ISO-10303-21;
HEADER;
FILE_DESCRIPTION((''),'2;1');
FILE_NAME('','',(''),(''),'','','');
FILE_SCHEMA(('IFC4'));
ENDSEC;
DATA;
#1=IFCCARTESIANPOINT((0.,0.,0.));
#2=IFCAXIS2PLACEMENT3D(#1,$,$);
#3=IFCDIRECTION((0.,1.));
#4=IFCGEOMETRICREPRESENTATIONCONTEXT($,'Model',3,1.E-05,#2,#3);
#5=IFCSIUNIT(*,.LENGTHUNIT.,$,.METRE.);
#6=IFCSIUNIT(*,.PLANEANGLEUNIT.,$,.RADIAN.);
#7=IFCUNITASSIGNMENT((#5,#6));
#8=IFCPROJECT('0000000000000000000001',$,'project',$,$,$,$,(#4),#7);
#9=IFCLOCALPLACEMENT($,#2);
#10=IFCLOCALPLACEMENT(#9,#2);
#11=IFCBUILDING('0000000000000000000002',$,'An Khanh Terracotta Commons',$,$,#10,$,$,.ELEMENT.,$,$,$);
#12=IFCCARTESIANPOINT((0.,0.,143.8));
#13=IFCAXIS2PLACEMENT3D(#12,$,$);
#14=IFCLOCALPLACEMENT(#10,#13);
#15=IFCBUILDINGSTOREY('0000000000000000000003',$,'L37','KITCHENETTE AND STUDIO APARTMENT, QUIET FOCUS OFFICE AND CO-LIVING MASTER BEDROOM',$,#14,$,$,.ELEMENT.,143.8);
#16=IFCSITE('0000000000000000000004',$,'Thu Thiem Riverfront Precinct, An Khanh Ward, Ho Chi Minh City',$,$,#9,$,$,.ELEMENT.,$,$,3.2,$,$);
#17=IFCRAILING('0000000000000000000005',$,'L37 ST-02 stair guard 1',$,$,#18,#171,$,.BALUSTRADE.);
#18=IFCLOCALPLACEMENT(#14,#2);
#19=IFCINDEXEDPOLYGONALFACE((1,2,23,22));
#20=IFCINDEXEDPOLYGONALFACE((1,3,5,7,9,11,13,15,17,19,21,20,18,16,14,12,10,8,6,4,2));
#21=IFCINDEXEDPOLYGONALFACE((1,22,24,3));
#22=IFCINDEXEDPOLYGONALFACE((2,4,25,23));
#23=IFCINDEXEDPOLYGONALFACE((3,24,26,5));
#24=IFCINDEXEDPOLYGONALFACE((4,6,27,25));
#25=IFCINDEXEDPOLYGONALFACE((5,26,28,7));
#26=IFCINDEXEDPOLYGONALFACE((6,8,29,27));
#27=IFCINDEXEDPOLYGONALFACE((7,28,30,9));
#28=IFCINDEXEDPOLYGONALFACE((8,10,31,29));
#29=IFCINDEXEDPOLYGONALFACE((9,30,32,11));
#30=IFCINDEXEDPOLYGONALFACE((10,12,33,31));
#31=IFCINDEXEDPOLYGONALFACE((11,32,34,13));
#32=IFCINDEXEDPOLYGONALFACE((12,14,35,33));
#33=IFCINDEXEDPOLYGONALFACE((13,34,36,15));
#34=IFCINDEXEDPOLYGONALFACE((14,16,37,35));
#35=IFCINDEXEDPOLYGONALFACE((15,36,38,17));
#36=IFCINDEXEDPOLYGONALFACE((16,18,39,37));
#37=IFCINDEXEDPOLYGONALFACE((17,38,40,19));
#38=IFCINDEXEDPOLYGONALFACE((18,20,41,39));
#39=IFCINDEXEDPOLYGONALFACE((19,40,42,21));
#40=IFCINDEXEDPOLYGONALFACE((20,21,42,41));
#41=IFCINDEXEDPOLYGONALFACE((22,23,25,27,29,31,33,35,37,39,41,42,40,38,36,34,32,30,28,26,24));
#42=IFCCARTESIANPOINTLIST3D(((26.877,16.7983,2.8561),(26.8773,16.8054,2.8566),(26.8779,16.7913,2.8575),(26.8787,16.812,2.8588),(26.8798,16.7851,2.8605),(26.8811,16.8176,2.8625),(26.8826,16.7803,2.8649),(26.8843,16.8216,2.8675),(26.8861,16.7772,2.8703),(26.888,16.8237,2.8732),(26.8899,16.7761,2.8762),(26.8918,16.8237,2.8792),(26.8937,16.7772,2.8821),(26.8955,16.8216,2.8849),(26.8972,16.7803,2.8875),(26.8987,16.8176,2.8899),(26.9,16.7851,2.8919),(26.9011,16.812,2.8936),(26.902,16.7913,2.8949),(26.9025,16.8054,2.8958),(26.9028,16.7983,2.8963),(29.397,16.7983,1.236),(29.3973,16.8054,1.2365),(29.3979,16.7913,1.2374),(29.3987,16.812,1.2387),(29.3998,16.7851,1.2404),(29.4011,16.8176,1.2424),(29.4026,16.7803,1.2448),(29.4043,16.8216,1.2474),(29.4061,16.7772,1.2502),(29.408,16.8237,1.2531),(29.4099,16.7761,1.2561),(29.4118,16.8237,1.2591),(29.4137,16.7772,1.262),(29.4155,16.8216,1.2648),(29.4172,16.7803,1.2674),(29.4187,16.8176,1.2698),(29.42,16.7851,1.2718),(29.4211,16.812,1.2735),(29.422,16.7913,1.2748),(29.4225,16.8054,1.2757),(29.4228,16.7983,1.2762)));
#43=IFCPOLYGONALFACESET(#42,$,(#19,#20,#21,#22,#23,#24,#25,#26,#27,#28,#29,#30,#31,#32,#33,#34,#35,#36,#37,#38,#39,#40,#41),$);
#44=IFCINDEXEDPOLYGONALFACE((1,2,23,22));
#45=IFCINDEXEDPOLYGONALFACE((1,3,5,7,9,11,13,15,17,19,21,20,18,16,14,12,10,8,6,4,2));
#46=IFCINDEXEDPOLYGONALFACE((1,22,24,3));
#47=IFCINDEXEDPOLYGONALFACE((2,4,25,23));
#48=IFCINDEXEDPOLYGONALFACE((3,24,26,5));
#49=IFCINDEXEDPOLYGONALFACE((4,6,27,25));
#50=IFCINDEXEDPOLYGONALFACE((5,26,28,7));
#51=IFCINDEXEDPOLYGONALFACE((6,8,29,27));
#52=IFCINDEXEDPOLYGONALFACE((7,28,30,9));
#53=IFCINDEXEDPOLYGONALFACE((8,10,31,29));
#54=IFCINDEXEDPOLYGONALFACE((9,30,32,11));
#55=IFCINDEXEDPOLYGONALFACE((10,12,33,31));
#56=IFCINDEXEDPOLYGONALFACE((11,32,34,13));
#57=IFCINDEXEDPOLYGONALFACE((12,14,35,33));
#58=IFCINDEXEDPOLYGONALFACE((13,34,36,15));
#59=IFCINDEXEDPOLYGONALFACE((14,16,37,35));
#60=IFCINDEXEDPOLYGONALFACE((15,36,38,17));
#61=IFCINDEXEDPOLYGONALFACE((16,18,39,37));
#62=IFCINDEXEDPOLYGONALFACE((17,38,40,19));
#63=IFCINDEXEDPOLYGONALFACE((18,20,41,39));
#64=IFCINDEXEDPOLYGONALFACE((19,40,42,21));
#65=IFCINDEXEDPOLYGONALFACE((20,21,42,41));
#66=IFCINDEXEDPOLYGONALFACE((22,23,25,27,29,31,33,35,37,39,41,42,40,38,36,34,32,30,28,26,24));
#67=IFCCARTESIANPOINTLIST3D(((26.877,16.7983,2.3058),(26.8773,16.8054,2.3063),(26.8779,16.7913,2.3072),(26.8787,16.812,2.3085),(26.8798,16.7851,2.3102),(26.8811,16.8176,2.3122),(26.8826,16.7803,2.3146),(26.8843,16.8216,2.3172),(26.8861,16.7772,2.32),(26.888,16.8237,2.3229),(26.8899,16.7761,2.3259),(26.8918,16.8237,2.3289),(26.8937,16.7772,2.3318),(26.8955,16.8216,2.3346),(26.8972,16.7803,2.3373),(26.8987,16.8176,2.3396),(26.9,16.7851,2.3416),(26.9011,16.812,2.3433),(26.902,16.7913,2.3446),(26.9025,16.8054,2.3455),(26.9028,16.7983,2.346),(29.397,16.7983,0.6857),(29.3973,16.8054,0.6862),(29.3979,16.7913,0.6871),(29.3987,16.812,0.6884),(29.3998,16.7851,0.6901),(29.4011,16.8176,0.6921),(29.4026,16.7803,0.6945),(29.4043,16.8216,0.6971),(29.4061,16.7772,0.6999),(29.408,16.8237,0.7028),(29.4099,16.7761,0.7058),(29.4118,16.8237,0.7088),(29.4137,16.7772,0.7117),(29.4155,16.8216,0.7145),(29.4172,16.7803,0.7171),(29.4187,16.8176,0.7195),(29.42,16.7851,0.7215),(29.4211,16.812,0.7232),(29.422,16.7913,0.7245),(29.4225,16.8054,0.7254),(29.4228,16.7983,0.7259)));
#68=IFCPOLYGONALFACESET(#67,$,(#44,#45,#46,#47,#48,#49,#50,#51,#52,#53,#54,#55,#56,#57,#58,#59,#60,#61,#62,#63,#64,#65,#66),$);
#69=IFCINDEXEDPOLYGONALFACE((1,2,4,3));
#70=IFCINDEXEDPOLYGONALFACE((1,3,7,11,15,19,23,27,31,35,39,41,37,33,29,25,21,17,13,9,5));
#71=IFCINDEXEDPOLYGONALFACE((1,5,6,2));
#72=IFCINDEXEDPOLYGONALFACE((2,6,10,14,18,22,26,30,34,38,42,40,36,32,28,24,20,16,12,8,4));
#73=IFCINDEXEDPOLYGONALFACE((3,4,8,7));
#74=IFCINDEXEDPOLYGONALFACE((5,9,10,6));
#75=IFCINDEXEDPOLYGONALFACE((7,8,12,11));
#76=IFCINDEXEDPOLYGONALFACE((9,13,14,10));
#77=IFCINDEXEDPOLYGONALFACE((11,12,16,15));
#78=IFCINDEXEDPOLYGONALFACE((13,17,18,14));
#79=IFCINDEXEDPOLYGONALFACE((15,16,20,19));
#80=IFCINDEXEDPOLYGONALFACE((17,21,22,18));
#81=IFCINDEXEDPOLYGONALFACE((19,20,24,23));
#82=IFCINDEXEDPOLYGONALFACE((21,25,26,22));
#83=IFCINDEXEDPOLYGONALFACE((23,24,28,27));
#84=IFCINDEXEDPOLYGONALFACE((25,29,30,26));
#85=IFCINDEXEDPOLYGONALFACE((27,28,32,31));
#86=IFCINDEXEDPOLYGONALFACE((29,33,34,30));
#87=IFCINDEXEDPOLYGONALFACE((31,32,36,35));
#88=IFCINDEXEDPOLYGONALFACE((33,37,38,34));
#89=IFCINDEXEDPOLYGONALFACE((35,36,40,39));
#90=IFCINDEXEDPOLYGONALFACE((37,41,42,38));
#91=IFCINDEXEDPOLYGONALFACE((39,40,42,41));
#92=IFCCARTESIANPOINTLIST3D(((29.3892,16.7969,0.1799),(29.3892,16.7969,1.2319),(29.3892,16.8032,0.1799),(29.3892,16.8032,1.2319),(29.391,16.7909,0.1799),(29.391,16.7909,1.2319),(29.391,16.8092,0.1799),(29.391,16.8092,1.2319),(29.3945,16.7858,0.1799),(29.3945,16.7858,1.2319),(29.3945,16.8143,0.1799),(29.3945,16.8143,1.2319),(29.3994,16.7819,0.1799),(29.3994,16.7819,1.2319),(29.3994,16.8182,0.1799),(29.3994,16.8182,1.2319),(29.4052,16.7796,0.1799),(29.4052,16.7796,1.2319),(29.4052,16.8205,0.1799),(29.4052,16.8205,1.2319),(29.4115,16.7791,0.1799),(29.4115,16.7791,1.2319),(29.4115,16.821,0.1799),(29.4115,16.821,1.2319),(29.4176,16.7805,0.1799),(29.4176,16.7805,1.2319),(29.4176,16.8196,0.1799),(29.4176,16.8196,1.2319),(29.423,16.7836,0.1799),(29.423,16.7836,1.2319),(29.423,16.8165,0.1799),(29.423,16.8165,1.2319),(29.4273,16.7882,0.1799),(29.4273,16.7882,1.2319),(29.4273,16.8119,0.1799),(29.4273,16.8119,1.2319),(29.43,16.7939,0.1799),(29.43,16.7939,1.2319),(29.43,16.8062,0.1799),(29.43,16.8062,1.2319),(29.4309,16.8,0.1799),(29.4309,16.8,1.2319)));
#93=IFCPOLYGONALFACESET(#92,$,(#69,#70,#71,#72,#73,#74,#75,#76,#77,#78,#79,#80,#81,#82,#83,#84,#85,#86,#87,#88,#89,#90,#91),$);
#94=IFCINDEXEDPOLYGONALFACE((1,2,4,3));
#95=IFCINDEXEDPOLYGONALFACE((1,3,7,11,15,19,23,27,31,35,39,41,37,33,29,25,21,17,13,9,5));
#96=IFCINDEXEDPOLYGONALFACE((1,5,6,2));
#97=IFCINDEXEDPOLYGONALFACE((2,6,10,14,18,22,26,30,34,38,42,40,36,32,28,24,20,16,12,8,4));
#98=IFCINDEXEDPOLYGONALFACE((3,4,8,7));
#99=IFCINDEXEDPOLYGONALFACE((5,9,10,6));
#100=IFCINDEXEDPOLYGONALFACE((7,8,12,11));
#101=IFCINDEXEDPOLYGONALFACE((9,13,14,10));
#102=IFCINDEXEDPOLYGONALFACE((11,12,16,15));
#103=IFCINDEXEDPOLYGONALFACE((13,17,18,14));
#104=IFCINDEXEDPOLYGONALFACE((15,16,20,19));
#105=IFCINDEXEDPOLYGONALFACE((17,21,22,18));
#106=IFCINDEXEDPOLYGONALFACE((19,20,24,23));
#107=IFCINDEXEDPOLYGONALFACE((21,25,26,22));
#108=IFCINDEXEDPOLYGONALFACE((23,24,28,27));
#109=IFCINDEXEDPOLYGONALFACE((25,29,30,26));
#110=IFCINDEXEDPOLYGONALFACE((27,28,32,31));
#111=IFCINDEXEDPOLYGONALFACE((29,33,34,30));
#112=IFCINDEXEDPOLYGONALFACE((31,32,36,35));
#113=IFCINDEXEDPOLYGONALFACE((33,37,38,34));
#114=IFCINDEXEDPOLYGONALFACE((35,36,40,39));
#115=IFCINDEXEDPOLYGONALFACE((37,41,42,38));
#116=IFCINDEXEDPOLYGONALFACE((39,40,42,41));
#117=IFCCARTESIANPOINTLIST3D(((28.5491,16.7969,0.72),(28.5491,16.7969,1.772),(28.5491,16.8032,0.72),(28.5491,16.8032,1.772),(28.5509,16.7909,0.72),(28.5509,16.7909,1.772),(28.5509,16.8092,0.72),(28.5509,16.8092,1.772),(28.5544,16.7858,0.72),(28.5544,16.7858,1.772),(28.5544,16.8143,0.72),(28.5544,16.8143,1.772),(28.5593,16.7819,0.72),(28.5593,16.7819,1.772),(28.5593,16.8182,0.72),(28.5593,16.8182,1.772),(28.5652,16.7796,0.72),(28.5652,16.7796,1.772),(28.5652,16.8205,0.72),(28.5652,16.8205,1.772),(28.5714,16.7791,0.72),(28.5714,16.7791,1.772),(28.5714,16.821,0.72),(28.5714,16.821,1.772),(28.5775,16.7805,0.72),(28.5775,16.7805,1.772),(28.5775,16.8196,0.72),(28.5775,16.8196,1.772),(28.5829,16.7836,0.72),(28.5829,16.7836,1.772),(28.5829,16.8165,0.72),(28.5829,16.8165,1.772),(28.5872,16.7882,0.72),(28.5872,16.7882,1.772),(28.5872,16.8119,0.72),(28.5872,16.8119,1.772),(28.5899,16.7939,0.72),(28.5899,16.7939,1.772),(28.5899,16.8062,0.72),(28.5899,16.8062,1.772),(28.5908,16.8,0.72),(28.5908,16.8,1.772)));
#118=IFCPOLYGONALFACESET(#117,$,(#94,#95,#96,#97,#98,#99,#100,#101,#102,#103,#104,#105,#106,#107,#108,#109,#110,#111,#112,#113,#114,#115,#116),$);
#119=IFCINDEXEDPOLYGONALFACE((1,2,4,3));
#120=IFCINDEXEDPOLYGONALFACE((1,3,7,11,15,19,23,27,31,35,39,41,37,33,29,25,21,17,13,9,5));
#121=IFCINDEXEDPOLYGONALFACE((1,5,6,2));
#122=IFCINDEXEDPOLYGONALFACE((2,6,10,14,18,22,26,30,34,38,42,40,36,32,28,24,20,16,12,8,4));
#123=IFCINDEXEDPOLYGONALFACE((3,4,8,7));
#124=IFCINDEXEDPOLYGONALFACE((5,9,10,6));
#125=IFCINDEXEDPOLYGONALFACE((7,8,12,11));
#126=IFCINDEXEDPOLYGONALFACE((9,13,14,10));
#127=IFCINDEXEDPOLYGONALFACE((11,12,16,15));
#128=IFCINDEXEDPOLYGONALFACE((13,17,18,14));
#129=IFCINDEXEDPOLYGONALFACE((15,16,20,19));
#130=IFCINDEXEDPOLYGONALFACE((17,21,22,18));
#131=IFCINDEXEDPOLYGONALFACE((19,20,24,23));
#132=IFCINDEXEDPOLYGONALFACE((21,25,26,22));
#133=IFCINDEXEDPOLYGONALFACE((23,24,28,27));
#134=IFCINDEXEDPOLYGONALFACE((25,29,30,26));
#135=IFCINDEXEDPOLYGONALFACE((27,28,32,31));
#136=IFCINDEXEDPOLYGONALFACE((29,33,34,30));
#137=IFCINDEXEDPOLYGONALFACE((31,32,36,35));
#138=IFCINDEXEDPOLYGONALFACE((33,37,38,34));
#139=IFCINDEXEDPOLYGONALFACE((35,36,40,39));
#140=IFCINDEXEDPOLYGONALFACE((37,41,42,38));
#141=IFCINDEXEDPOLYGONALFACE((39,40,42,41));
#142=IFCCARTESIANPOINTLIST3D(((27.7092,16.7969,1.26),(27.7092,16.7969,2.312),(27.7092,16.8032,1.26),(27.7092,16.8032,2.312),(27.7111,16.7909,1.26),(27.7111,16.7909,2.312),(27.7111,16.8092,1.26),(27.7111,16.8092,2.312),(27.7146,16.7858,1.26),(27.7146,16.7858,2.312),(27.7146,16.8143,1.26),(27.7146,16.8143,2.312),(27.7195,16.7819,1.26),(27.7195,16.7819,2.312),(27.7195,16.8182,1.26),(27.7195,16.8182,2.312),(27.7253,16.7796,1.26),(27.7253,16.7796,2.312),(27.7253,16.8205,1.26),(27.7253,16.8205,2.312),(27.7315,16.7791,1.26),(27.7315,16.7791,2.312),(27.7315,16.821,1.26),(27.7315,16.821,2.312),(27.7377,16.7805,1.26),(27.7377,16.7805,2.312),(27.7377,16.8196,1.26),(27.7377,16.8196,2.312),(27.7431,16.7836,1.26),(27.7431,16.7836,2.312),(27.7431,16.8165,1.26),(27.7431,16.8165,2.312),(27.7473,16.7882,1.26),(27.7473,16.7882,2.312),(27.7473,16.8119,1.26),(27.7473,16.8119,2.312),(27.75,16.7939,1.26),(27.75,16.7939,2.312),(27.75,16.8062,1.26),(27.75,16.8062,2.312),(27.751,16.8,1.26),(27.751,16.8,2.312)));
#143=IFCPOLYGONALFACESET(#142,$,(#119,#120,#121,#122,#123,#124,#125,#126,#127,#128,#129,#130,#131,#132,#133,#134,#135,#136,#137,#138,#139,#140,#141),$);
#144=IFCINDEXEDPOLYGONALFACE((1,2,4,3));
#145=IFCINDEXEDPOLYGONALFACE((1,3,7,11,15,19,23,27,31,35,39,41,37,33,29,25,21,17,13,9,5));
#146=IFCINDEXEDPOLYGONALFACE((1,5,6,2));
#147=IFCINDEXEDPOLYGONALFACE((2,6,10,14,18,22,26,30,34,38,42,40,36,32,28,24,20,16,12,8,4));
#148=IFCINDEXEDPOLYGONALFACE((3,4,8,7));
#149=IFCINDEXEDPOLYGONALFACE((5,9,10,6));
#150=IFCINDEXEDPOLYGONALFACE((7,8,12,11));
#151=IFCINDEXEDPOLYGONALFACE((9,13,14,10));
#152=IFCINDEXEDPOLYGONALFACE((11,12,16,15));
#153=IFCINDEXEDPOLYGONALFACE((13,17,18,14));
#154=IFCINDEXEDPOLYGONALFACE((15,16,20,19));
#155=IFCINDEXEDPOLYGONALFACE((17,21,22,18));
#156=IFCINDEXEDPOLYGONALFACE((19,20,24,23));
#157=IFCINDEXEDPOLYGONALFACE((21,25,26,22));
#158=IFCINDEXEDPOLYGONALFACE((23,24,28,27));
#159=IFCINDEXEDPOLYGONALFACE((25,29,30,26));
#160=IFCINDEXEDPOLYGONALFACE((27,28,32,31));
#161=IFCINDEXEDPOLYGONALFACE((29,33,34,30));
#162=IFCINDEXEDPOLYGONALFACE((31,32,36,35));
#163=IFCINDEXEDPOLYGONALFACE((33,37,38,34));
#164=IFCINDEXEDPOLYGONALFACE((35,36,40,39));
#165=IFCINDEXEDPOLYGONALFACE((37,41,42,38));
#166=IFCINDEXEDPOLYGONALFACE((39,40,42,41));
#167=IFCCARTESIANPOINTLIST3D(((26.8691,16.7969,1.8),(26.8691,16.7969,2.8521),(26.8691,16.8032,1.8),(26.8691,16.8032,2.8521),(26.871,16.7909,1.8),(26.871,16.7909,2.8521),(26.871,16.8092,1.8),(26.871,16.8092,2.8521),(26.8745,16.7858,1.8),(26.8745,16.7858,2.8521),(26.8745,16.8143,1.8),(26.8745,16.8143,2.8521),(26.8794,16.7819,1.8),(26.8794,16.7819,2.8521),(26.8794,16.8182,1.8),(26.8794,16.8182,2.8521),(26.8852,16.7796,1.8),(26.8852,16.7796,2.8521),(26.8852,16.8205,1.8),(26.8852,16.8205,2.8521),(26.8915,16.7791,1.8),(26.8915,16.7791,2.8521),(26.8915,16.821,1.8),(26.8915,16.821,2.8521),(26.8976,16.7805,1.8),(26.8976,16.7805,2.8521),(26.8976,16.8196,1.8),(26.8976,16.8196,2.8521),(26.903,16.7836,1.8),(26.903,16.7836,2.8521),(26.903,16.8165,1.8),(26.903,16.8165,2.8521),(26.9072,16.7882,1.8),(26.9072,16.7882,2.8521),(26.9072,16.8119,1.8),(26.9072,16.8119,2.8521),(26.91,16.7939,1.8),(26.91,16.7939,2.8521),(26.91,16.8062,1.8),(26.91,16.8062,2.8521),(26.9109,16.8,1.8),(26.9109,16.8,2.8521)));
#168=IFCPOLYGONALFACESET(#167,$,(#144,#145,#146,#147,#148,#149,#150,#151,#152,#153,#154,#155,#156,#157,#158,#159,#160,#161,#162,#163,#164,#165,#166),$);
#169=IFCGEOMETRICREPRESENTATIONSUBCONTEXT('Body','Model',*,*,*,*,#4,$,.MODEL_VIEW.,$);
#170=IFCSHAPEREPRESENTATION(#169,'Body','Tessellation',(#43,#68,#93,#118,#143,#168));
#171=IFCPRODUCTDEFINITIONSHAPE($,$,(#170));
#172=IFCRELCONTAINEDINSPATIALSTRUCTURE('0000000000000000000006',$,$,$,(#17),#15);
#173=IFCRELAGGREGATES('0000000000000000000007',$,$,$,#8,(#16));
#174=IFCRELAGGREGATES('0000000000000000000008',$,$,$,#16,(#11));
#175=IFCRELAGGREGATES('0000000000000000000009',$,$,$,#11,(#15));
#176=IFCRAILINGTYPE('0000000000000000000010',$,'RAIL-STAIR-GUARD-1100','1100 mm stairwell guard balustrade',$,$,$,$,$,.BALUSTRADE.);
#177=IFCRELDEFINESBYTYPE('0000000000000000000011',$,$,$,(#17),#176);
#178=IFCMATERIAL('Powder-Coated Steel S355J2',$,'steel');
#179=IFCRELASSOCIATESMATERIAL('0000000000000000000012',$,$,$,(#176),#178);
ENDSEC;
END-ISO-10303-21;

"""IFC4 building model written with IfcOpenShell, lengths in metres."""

from ifc_helpers import new_model, si_unit, direction, frame, origin, origin_2d, place, context, subcontext, project, spatial, circle, extrude, material, type_object, element, save


model = new_model("IFC4")

# Units and contexts
model_context = context("Model", 3, precision=1e-05, world=origin(), true_north=direction((0.0, 1.0)))
body_context = subcontext(model_context, "Body", "Model", "MODEL_VIEW")
ifc_project = project(units=[si_unit("LENGTHUNIT", "METRE"), si_unit("PLANEANGLEUNIT", "RADIAN")], contexts=[model_context])

# Site, building, storey
site_placement = place(None, origin())
site = spatial("IfcSite", under=ifc_project, at=site_placement, Name="Thu Thiem Riverfront Precinct, An Khanh Ward, Ho Chi Minh City", CompositionType="ELEMENT", RefElevation=3.2)
building_placement = place(site_placement, origin())
building = spatial("IfcBuilding", under=site, at=building_placement, Name="An Khanh Terracotta Commons", CompositionType="ELEMENT")
storey_placement = place(building_placement, frame((0.0, 0.0, 143.8)))
storey = spatial("IfcBuildingStorey", under=building, at=storey_placement, Name="L37", Description="KITCHENETTE AND STUDIO APARTMENT, QUIET FOCUS OFFICE AND CO-LIVING MASTER BEDROOM", CompositionType="ELEMENT", Elevation=143.8)

# Railing
ifc_material_1 = material(Name="Powder-Coated Steel S355J2", Category="steel")
railing_type_1 = type_object("IfcRailingType", Name="RAIL-STAIR-GUARD-1100", Description="1100 mm stairwell guard balustrade", PredefinedType="BALUSTRADE", material=ifc_material_1)
railing_1_placement = place(storey_placement, frame((29.4099, 16.8, 0.1799)))
element("IfcRailing", 1, at=railing_1_placement, inside=storey, type_object=railing_type_1, Name="L37 ST-02 stair guard 1", PredefinedType="BALUSTRADE", context=body_context, shape_type="SweptSolid", body=[
    extrude(circle(Radius=0.0239, at=origin_2d()), frame((0.0, 0.0, 1.0762), z_axis=(-0.841163, 0.0, 0.540782), x_axis=(0.0, -1.0, 0.0)), (0.0, 0.0, 1.0), 2.9958),
    extrude(circle(Radius=0.0239, at=origin_2d()), frame((0.0, 0.0, 0.5259), z_axis=(-0.841163, 0.0, 0.540782), x_axis=(0.0, -1.0, 0.0)), (0.0, 0.0, 1.0), 2.9958),
    extrude(circle(Radius=0.021, at=origin_2d()), origin(), (0.0, 0.0, 1.0), 1.052),
    extrude(circle(Radius=0.021, at=origin_2d()), frame((-0.8401, 0.0, 0.54)), (0.0, 0.0, 1.0), 1.052),
    extrude(circle(Radius=0.021, at=origin_2d()), frame((-1.6799, 0.0, 1.0801)), (0.0, 0.0, 1.0), 1.052),
    extrude(circle(Radius=0.021, at=origin_2d()), frame((-2.52, 0.0, 1.6201)), (0.0, 0.0, 1.0), 1.052),
])

save(model, "model.ifc")
